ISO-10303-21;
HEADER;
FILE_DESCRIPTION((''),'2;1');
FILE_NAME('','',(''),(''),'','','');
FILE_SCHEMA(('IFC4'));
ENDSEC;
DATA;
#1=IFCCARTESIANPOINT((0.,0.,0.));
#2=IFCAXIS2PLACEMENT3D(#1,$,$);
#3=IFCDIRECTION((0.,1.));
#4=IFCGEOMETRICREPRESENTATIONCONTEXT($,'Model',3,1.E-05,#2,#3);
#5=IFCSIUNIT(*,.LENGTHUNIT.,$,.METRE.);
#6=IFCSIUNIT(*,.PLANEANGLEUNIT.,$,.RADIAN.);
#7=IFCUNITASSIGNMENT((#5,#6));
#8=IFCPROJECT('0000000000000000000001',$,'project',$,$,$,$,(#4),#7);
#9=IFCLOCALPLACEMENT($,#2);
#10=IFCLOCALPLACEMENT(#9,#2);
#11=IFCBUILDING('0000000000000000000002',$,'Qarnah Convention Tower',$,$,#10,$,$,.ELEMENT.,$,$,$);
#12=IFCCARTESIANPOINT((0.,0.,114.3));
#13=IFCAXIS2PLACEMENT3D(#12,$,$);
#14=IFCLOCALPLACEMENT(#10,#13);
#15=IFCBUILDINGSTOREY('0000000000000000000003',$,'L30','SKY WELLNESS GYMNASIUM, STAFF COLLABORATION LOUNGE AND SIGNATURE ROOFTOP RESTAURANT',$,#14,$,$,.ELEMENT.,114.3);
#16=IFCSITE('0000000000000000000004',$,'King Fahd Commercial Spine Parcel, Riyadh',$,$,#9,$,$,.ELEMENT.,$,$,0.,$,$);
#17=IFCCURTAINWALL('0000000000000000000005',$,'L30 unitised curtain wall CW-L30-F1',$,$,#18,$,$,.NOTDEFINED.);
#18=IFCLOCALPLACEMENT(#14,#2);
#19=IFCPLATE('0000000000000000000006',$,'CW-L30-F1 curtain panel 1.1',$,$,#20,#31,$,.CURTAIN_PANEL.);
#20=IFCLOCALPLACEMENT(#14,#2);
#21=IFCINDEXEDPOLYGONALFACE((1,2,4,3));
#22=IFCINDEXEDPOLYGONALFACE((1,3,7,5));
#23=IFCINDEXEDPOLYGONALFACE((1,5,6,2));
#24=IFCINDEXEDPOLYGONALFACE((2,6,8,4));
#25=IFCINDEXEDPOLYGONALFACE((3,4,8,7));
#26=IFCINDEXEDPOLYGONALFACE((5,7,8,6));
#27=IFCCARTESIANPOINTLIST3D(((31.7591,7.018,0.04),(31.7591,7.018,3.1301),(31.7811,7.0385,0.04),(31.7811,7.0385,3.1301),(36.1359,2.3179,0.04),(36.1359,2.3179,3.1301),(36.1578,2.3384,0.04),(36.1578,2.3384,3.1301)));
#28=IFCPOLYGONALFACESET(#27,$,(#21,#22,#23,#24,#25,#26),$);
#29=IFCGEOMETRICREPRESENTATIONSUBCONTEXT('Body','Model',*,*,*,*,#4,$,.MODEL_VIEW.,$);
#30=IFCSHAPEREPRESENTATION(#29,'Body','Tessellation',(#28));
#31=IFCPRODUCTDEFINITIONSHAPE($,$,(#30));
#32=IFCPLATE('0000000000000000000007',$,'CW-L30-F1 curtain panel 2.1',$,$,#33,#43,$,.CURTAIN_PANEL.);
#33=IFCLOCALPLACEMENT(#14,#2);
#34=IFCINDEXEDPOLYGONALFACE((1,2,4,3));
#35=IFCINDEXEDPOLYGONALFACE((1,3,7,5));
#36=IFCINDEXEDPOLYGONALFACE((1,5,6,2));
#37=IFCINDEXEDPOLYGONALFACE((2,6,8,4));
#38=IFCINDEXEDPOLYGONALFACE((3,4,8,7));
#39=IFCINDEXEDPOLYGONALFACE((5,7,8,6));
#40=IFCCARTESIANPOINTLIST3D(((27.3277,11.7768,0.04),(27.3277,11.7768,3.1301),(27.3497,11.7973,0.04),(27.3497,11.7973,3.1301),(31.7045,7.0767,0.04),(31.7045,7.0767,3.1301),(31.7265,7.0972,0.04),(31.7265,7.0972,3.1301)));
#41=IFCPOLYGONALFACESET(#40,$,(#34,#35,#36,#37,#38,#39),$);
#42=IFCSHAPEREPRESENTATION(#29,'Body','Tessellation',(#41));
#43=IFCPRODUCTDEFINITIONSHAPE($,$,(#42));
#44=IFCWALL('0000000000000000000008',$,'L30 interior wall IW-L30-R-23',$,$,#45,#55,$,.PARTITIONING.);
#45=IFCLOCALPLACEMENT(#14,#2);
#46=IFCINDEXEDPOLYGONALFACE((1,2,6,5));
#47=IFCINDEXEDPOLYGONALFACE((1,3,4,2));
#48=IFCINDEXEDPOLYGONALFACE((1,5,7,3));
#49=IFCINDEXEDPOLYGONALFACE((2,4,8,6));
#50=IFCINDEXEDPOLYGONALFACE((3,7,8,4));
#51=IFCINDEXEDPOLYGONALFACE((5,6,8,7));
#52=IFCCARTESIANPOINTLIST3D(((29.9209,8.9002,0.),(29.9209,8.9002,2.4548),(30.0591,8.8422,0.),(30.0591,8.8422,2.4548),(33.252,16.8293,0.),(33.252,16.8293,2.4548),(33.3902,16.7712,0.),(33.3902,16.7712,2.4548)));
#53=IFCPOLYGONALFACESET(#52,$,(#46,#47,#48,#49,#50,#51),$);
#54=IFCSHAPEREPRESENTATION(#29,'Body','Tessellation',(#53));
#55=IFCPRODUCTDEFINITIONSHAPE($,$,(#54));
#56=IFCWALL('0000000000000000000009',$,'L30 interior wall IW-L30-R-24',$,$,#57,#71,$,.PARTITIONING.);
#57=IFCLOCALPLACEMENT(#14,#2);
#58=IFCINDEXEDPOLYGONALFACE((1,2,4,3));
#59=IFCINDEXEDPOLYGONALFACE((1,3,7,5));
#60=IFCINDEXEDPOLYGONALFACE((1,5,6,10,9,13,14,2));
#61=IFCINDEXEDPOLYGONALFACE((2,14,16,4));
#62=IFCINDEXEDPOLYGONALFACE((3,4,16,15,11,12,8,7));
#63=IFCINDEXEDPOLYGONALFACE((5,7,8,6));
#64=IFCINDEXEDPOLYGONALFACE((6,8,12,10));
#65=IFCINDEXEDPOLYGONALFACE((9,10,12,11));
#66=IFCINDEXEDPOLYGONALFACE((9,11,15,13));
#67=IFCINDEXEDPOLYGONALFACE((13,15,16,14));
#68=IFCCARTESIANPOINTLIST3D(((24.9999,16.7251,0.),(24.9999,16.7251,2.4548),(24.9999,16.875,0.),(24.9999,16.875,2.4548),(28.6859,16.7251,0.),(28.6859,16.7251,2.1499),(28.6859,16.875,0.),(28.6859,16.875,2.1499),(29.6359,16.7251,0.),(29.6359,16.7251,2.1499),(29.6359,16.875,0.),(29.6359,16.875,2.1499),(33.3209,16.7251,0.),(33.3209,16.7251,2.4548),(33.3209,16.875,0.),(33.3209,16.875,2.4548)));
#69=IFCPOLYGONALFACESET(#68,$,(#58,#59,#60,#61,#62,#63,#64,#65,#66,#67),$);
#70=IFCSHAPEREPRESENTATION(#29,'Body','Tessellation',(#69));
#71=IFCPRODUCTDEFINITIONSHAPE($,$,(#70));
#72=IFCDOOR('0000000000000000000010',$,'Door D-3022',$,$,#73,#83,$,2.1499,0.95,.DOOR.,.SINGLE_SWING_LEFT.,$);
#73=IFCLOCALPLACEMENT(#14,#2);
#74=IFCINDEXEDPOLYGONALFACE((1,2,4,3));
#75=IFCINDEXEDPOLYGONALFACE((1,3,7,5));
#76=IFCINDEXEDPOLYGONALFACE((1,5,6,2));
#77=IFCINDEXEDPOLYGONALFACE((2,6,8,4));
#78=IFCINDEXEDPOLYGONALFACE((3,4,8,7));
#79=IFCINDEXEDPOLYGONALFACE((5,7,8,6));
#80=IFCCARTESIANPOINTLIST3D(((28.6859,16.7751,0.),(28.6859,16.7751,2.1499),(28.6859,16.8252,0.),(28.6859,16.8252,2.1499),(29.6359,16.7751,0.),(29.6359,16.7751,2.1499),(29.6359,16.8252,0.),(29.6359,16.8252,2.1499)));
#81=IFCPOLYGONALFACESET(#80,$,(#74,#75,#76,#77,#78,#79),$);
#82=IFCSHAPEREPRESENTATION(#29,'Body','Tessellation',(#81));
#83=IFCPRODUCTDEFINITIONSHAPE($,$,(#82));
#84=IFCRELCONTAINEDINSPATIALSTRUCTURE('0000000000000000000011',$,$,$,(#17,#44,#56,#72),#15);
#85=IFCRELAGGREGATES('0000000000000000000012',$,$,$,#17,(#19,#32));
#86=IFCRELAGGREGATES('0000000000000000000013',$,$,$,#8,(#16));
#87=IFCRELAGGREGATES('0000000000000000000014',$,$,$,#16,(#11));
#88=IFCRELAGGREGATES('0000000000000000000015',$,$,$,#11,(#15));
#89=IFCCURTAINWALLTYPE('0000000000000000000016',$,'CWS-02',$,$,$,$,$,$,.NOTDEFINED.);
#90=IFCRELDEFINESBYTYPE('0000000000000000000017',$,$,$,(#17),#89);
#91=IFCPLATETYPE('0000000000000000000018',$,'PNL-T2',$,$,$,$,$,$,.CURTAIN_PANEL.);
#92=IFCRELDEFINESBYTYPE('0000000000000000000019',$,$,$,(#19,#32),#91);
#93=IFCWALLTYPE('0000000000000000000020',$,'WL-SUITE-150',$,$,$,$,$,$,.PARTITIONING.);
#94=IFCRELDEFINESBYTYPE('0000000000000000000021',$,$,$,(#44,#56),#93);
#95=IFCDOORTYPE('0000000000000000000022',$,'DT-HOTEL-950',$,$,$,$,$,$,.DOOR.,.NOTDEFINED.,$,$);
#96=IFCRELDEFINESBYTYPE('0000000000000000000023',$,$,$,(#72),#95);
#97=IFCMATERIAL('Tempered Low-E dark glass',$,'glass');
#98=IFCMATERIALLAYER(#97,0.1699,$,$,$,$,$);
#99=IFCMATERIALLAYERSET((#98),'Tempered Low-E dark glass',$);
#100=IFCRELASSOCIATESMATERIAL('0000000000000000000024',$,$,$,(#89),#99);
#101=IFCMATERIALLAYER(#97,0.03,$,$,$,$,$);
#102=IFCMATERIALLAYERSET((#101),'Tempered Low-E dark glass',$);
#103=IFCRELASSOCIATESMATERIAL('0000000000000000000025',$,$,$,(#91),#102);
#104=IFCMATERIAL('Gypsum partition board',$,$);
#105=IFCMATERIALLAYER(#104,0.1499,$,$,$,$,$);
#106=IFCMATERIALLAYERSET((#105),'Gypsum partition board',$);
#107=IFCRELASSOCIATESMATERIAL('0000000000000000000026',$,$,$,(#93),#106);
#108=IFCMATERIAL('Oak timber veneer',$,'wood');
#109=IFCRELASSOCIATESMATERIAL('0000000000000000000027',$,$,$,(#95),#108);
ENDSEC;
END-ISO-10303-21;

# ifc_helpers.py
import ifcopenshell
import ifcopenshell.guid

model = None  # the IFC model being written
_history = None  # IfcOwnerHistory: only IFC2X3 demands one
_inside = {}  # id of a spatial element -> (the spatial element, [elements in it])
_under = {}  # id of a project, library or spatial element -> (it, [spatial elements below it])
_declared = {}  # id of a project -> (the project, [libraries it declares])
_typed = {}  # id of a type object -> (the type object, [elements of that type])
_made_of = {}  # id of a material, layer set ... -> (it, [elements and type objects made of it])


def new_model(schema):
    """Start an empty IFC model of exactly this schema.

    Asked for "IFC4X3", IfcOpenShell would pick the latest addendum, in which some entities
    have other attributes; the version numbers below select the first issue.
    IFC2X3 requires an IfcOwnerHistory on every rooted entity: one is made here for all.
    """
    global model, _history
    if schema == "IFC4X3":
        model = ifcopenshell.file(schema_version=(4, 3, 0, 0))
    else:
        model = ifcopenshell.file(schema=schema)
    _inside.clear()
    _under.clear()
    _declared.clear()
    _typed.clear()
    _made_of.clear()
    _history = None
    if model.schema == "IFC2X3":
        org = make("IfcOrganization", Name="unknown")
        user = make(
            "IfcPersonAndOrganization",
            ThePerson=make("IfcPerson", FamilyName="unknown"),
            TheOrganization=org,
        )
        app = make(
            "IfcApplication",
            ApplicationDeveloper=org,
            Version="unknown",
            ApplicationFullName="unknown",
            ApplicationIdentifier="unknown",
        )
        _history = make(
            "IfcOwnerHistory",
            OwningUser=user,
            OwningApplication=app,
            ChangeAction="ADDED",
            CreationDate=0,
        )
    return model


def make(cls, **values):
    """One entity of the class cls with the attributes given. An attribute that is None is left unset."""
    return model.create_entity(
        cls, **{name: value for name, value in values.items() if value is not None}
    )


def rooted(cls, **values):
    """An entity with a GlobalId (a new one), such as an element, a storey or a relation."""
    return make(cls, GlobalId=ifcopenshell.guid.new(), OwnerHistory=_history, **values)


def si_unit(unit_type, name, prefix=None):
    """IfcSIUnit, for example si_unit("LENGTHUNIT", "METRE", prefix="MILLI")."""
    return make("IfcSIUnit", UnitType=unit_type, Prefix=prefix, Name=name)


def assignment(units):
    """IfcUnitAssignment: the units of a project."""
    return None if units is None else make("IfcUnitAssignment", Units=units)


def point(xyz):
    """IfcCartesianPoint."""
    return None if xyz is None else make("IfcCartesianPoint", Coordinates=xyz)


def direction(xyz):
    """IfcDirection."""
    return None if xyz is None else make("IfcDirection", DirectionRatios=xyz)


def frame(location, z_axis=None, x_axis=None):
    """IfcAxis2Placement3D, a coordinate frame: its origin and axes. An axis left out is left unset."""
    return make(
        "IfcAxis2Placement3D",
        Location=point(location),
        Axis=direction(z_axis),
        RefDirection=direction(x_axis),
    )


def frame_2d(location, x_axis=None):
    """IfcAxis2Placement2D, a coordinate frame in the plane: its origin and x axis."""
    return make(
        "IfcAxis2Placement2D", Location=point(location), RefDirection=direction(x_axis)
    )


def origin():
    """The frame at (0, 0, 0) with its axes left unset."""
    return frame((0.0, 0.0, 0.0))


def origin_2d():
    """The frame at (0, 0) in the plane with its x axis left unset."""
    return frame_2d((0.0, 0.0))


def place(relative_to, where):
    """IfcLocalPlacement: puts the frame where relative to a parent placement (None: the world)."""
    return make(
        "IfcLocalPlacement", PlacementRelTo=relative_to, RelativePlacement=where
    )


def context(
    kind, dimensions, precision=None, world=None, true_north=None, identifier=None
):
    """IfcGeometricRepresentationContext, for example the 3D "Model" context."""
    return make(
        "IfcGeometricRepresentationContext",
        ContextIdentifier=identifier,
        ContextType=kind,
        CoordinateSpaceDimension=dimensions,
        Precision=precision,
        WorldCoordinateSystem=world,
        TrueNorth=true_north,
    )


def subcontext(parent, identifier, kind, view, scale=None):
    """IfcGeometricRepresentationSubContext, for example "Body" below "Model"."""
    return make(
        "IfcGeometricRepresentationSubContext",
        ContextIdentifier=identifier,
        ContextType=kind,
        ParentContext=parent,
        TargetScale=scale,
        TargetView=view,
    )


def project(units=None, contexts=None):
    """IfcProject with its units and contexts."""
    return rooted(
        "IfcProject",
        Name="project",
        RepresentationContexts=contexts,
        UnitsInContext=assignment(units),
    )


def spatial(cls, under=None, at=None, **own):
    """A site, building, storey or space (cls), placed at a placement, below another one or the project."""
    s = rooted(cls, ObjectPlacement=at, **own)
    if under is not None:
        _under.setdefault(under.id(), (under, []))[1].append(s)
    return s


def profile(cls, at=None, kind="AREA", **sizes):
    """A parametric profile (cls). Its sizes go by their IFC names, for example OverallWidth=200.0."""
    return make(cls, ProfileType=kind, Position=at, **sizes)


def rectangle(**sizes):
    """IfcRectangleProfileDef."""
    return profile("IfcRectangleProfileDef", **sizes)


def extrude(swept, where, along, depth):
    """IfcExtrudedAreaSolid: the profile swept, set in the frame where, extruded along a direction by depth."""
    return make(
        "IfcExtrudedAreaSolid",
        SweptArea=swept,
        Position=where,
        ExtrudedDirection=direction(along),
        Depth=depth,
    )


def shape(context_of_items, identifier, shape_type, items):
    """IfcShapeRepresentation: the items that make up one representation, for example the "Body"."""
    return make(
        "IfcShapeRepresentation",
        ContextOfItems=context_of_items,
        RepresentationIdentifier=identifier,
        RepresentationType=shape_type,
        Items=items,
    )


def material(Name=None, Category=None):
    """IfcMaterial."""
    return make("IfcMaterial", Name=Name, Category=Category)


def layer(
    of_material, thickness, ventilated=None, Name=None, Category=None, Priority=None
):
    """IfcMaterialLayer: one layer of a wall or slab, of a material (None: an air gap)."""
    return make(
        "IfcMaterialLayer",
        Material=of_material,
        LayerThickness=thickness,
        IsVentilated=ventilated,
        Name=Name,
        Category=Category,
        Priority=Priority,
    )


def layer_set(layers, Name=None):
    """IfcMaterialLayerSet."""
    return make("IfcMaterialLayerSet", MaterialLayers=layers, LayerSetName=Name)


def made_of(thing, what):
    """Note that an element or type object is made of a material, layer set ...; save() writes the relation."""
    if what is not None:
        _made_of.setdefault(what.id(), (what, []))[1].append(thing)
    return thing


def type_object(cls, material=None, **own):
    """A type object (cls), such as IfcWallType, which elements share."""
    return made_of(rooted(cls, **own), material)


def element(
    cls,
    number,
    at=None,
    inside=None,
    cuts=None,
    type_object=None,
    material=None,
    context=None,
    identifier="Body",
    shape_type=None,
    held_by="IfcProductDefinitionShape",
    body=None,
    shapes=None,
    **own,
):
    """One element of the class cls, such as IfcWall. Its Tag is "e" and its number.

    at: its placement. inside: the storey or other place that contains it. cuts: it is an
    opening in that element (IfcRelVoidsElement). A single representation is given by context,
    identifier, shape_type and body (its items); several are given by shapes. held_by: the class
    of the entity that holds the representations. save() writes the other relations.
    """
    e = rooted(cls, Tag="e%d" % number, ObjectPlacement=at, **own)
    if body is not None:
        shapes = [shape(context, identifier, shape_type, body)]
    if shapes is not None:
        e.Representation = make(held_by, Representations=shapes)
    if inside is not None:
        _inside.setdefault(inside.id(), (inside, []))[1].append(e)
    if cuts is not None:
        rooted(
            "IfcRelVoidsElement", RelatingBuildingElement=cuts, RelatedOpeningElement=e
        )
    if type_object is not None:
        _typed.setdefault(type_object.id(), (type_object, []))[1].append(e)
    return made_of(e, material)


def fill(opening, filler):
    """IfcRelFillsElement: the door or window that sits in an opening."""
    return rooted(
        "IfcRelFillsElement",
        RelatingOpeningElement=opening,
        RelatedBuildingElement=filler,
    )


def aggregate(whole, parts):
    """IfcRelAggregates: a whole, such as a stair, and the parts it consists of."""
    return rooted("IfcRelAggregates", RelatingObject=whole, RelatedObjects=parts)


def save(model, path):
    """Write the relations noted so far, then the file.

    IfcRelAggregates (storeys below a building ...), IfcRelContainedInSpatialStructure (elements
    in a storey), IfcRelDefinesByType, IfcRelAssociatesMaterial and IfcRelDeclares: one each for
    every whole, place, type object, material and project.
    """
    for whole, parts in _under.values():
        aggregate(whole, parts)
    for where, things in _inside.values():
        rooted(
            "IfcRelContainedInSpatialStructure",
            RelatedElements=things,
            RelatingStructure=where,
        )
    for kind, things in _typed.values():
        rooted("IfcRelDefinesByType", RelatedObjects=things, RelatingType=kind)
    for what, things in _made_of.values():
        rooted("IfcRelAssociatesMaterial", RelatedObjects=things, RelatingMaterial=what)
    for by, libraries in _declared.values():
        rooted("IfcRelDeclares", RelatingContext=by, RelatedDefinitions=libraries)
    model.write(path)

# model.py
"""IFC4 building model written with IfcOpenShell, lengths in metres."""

from ifc_helpers import new_model, si_unit, direction, frame, frame_2d, origin, origin_2d, place, context, subcontext, project, spatial, rectangle, extrude, material, layer, layer_set, type_object, element, fill, aggregate, save


model = new_model("IFC4")

# Units and contexts
model_context = context("Model", 3, precision=1e-05, world=origin(), true_north=direction((0.0, 1.0)))
body_context = subcontext(model_context, "Body", "Model", "MODEL_VIEW")
ifc_project = project(units=[si_unit("LENGTHUNIT", "METRE"), si_unit("PLANEANGLEUNIT", "RADIAN")], contexts=[model_context])

# Site, building, storey
site_placement = place(None, origin())
site = spatial("IfcSite", under=ifc_project, at=site_placement, Name="King Fahd Commercial Spine Parcel, Riyadh", CompositionType="ELEMENT", RefElevation=0.0)
building_placement = place(site_placement, origin())
building = spatial("IfcBuilding", under=site, at=building_placement, Name="Qarnah Convention Tower", CompositionType="ELEMENT")
storey_placement = place(building_placement, frame((0.0, 0.0, 114.3)))
storey = spatial("IfcBuildingStorey", under=building, at=storey_placement, Name="L30", Description="SKY WELLNESS GYMNASIUM, STAFF COLLABORATION LOUNGE AND SIGNATURE ROOFTOP RESTAURANT", CompositionType="ELEMENT", Elevation=114.3)

# Curtain wall, plates
ifc_material_1 = material(Name="Tempered Low-E dark glass", Category="glass")
ifc_layer_1 = layer(ifc_material_1, 0.1699)
ifc_layer_set_1 = layer_set([ifc_layer_1], Name="Tempered Low-E dark glass")
curtain_wall_type = type_object("IfcCurtainWallType", Name="CWS-02", PredefinedType="NOTDEFINED", material=ifc_layer_set_1)
curtain_wall_placement = place(storey_placement, origin())
curtain_wall = element("IfcCurtainWall", 1, at=curtain_wall_placement, inside=storey, type_object=curtain_wall_type, Name="L30 unitised curtain wall CW-L30-F1", PredefinedType="NOTDEFINED")
ifc_layer_2 = layer(ifc_material_1, 0.03)
ifc_layer_set_2 = layer_set([ifc_layer_2], Name="Tempered Low-E dark glass")
plate_type = type_object("IfcPlateType", Name="PNL-T2", PredefinedType="CURTAIN_PANEL", material=ifc_layer_set_2)
plate_1_placement = place(storey_placement, frame((33.9585, 4.6782, 0.04), z_axis=(0.0, 0.0, 1.0), x_axis=(-0.681483, 0.731834, 0.0)))
plate_1 = element("IfcPlate", 2, at=plate_1_placement, type_object=plate_type, Name="CW-L30-F1 curtain panel 1.1", PredefinedType="CURTAIN_PANEL", context=body_context, shape_type="SweptSolid", body=[
    extrude(rectangle(XDim=6.4224, YDim=0.03, at=origin_2d()), origin(), (0.0, 0.0, 1.0), 3.0901),
])
plate_2_placement = place(storey_placement, frame((29.5271, 9.437, 0.04), z_axis=(0.0, 0.0, 1.0), x_axis=(-0.681483, 0.731834, 0.0)))
plate_2 = element("IfcPlate", 3, at=plate_2_placement, type_object=plate_type, Name="CW-L30-F1 curtain panel 2.1", PredefinedType="CURTAIN_PANEL", context=body_context, shape_type="SweptSolid", body=[
    extrude(rectangle(XDim=6.4224, YDim=0.03, at=origin_2d()), origin(), (0.0, 0.0, 1.0), 3.0901),
])
aggregate(curtain_wall, [plate_1, plate_2])

# Wall
ifc_material_2 = material(Name="Gypsum partition board")
ifc_layer_3 = layer(ifc_material_2, 0.1499)
ifc_layer_set_3 = layer_set([ifc_layer_3], Name="Gypsum partition board")
wall_type = type_object("IfcWallType", Name="WL-SUITE-150", PredefinedType="PARTITIONING", material=ifc_layer_set_3)
wall_1_placement = place(storey_placement, frame((29.99, 8.8711, 0.0), z_axis=(0.0, 0.0, 1.0), x_axis=(0.387321, 0.921945, 0.0)))
element("IfcWall", 4, at=wall_1_placement, inside=storey, type_object=wall_type, Name="L30 interior wall IW-L30-R-23", PredefinedType="PARTITIONING", context=body_context, shape_type="SweptSolid", body=[
    extrude(rectangle(XDim=8.6003, YDim=0.1499, at=frame_2d((4.3003, 0.0))), origin(), (0.0, 0.0, 1.0), 2.4548),
])

# Wall, opening, door
wall_2_placement = place(storey_placement, frame((33.321, 16.8, 0.0), z_axis=(0.0, 0.0, 1.0), x_axis=(-1.0, 0.0, 0.0)))
wall_2 = element("IfcWall", 5, at=wall_2_placement, inside=storey, type_object=wall_type, Name="L30 interior wall IW-L30-R-24", PredefinedType="PARTITIONING", context=body_context, shape_type="SweptSolid", body=[
    extrude(rectangle(XDim=8.321, YDim=0.1499, at=frame_2d((4.1606, 0.0))), origin(), (0.0, 0.0, 1.0), 2.4548),
])
opening_placement = place(wall_2_placement, frame((3.6851, 0.0, 0.0)))
opening = element("IfcOpeningElement", 6, at=opening_placement, cuts=wall_2, PredefinedType="OPENING", context=body_context, shape_type="SweptSolid", body=[
    extrude(rectangle(XDim=0.95, YDim=2.1499, at=frame_2d((0.4751, 1.075))), frame((0.0, 0.085, 0.0), z_axis=(0.0, -1.0, 0.0), x_axis=(1.0, 0.0, 0.0)), (0.0, 0.0, 1.0), 0.1699),
])
ifc_material_3 = material(Name="Oak timber veneer", Category="wood")
door_type = type_object("IfcDoorType", Name="DT-HOTEL-950", OperationType="NOTDEFINED", PredefinedType="DOOR", material=ifc_material_3)
door_placement = place(opening_placement, origin())
door = element("IfcDoor", 7, at=door_placement, inside=storey, type_object=door_type, Name="Door D-3022", OperationType="SINGLE_SWING_LEFT", OverallHeight=2.1499, OverallWidth=0.95, PredefinedType="DOOR", context=body_context, shape_type="SweptSolid", body=[
    extrude(rectangle(XDim=0.95, YDim=2.1499, at=frame_2d((0.4751, 1.075))), frame((0.0, 0.0249, 0.0), z_axis=(0.0, -1.0, 0.0), x_axis=(1.0, 0.0, 0.0)), (0.0, 0.0, 1.0), 0.05),
])
fill(opening, door)

save(model, "model.ifc")
